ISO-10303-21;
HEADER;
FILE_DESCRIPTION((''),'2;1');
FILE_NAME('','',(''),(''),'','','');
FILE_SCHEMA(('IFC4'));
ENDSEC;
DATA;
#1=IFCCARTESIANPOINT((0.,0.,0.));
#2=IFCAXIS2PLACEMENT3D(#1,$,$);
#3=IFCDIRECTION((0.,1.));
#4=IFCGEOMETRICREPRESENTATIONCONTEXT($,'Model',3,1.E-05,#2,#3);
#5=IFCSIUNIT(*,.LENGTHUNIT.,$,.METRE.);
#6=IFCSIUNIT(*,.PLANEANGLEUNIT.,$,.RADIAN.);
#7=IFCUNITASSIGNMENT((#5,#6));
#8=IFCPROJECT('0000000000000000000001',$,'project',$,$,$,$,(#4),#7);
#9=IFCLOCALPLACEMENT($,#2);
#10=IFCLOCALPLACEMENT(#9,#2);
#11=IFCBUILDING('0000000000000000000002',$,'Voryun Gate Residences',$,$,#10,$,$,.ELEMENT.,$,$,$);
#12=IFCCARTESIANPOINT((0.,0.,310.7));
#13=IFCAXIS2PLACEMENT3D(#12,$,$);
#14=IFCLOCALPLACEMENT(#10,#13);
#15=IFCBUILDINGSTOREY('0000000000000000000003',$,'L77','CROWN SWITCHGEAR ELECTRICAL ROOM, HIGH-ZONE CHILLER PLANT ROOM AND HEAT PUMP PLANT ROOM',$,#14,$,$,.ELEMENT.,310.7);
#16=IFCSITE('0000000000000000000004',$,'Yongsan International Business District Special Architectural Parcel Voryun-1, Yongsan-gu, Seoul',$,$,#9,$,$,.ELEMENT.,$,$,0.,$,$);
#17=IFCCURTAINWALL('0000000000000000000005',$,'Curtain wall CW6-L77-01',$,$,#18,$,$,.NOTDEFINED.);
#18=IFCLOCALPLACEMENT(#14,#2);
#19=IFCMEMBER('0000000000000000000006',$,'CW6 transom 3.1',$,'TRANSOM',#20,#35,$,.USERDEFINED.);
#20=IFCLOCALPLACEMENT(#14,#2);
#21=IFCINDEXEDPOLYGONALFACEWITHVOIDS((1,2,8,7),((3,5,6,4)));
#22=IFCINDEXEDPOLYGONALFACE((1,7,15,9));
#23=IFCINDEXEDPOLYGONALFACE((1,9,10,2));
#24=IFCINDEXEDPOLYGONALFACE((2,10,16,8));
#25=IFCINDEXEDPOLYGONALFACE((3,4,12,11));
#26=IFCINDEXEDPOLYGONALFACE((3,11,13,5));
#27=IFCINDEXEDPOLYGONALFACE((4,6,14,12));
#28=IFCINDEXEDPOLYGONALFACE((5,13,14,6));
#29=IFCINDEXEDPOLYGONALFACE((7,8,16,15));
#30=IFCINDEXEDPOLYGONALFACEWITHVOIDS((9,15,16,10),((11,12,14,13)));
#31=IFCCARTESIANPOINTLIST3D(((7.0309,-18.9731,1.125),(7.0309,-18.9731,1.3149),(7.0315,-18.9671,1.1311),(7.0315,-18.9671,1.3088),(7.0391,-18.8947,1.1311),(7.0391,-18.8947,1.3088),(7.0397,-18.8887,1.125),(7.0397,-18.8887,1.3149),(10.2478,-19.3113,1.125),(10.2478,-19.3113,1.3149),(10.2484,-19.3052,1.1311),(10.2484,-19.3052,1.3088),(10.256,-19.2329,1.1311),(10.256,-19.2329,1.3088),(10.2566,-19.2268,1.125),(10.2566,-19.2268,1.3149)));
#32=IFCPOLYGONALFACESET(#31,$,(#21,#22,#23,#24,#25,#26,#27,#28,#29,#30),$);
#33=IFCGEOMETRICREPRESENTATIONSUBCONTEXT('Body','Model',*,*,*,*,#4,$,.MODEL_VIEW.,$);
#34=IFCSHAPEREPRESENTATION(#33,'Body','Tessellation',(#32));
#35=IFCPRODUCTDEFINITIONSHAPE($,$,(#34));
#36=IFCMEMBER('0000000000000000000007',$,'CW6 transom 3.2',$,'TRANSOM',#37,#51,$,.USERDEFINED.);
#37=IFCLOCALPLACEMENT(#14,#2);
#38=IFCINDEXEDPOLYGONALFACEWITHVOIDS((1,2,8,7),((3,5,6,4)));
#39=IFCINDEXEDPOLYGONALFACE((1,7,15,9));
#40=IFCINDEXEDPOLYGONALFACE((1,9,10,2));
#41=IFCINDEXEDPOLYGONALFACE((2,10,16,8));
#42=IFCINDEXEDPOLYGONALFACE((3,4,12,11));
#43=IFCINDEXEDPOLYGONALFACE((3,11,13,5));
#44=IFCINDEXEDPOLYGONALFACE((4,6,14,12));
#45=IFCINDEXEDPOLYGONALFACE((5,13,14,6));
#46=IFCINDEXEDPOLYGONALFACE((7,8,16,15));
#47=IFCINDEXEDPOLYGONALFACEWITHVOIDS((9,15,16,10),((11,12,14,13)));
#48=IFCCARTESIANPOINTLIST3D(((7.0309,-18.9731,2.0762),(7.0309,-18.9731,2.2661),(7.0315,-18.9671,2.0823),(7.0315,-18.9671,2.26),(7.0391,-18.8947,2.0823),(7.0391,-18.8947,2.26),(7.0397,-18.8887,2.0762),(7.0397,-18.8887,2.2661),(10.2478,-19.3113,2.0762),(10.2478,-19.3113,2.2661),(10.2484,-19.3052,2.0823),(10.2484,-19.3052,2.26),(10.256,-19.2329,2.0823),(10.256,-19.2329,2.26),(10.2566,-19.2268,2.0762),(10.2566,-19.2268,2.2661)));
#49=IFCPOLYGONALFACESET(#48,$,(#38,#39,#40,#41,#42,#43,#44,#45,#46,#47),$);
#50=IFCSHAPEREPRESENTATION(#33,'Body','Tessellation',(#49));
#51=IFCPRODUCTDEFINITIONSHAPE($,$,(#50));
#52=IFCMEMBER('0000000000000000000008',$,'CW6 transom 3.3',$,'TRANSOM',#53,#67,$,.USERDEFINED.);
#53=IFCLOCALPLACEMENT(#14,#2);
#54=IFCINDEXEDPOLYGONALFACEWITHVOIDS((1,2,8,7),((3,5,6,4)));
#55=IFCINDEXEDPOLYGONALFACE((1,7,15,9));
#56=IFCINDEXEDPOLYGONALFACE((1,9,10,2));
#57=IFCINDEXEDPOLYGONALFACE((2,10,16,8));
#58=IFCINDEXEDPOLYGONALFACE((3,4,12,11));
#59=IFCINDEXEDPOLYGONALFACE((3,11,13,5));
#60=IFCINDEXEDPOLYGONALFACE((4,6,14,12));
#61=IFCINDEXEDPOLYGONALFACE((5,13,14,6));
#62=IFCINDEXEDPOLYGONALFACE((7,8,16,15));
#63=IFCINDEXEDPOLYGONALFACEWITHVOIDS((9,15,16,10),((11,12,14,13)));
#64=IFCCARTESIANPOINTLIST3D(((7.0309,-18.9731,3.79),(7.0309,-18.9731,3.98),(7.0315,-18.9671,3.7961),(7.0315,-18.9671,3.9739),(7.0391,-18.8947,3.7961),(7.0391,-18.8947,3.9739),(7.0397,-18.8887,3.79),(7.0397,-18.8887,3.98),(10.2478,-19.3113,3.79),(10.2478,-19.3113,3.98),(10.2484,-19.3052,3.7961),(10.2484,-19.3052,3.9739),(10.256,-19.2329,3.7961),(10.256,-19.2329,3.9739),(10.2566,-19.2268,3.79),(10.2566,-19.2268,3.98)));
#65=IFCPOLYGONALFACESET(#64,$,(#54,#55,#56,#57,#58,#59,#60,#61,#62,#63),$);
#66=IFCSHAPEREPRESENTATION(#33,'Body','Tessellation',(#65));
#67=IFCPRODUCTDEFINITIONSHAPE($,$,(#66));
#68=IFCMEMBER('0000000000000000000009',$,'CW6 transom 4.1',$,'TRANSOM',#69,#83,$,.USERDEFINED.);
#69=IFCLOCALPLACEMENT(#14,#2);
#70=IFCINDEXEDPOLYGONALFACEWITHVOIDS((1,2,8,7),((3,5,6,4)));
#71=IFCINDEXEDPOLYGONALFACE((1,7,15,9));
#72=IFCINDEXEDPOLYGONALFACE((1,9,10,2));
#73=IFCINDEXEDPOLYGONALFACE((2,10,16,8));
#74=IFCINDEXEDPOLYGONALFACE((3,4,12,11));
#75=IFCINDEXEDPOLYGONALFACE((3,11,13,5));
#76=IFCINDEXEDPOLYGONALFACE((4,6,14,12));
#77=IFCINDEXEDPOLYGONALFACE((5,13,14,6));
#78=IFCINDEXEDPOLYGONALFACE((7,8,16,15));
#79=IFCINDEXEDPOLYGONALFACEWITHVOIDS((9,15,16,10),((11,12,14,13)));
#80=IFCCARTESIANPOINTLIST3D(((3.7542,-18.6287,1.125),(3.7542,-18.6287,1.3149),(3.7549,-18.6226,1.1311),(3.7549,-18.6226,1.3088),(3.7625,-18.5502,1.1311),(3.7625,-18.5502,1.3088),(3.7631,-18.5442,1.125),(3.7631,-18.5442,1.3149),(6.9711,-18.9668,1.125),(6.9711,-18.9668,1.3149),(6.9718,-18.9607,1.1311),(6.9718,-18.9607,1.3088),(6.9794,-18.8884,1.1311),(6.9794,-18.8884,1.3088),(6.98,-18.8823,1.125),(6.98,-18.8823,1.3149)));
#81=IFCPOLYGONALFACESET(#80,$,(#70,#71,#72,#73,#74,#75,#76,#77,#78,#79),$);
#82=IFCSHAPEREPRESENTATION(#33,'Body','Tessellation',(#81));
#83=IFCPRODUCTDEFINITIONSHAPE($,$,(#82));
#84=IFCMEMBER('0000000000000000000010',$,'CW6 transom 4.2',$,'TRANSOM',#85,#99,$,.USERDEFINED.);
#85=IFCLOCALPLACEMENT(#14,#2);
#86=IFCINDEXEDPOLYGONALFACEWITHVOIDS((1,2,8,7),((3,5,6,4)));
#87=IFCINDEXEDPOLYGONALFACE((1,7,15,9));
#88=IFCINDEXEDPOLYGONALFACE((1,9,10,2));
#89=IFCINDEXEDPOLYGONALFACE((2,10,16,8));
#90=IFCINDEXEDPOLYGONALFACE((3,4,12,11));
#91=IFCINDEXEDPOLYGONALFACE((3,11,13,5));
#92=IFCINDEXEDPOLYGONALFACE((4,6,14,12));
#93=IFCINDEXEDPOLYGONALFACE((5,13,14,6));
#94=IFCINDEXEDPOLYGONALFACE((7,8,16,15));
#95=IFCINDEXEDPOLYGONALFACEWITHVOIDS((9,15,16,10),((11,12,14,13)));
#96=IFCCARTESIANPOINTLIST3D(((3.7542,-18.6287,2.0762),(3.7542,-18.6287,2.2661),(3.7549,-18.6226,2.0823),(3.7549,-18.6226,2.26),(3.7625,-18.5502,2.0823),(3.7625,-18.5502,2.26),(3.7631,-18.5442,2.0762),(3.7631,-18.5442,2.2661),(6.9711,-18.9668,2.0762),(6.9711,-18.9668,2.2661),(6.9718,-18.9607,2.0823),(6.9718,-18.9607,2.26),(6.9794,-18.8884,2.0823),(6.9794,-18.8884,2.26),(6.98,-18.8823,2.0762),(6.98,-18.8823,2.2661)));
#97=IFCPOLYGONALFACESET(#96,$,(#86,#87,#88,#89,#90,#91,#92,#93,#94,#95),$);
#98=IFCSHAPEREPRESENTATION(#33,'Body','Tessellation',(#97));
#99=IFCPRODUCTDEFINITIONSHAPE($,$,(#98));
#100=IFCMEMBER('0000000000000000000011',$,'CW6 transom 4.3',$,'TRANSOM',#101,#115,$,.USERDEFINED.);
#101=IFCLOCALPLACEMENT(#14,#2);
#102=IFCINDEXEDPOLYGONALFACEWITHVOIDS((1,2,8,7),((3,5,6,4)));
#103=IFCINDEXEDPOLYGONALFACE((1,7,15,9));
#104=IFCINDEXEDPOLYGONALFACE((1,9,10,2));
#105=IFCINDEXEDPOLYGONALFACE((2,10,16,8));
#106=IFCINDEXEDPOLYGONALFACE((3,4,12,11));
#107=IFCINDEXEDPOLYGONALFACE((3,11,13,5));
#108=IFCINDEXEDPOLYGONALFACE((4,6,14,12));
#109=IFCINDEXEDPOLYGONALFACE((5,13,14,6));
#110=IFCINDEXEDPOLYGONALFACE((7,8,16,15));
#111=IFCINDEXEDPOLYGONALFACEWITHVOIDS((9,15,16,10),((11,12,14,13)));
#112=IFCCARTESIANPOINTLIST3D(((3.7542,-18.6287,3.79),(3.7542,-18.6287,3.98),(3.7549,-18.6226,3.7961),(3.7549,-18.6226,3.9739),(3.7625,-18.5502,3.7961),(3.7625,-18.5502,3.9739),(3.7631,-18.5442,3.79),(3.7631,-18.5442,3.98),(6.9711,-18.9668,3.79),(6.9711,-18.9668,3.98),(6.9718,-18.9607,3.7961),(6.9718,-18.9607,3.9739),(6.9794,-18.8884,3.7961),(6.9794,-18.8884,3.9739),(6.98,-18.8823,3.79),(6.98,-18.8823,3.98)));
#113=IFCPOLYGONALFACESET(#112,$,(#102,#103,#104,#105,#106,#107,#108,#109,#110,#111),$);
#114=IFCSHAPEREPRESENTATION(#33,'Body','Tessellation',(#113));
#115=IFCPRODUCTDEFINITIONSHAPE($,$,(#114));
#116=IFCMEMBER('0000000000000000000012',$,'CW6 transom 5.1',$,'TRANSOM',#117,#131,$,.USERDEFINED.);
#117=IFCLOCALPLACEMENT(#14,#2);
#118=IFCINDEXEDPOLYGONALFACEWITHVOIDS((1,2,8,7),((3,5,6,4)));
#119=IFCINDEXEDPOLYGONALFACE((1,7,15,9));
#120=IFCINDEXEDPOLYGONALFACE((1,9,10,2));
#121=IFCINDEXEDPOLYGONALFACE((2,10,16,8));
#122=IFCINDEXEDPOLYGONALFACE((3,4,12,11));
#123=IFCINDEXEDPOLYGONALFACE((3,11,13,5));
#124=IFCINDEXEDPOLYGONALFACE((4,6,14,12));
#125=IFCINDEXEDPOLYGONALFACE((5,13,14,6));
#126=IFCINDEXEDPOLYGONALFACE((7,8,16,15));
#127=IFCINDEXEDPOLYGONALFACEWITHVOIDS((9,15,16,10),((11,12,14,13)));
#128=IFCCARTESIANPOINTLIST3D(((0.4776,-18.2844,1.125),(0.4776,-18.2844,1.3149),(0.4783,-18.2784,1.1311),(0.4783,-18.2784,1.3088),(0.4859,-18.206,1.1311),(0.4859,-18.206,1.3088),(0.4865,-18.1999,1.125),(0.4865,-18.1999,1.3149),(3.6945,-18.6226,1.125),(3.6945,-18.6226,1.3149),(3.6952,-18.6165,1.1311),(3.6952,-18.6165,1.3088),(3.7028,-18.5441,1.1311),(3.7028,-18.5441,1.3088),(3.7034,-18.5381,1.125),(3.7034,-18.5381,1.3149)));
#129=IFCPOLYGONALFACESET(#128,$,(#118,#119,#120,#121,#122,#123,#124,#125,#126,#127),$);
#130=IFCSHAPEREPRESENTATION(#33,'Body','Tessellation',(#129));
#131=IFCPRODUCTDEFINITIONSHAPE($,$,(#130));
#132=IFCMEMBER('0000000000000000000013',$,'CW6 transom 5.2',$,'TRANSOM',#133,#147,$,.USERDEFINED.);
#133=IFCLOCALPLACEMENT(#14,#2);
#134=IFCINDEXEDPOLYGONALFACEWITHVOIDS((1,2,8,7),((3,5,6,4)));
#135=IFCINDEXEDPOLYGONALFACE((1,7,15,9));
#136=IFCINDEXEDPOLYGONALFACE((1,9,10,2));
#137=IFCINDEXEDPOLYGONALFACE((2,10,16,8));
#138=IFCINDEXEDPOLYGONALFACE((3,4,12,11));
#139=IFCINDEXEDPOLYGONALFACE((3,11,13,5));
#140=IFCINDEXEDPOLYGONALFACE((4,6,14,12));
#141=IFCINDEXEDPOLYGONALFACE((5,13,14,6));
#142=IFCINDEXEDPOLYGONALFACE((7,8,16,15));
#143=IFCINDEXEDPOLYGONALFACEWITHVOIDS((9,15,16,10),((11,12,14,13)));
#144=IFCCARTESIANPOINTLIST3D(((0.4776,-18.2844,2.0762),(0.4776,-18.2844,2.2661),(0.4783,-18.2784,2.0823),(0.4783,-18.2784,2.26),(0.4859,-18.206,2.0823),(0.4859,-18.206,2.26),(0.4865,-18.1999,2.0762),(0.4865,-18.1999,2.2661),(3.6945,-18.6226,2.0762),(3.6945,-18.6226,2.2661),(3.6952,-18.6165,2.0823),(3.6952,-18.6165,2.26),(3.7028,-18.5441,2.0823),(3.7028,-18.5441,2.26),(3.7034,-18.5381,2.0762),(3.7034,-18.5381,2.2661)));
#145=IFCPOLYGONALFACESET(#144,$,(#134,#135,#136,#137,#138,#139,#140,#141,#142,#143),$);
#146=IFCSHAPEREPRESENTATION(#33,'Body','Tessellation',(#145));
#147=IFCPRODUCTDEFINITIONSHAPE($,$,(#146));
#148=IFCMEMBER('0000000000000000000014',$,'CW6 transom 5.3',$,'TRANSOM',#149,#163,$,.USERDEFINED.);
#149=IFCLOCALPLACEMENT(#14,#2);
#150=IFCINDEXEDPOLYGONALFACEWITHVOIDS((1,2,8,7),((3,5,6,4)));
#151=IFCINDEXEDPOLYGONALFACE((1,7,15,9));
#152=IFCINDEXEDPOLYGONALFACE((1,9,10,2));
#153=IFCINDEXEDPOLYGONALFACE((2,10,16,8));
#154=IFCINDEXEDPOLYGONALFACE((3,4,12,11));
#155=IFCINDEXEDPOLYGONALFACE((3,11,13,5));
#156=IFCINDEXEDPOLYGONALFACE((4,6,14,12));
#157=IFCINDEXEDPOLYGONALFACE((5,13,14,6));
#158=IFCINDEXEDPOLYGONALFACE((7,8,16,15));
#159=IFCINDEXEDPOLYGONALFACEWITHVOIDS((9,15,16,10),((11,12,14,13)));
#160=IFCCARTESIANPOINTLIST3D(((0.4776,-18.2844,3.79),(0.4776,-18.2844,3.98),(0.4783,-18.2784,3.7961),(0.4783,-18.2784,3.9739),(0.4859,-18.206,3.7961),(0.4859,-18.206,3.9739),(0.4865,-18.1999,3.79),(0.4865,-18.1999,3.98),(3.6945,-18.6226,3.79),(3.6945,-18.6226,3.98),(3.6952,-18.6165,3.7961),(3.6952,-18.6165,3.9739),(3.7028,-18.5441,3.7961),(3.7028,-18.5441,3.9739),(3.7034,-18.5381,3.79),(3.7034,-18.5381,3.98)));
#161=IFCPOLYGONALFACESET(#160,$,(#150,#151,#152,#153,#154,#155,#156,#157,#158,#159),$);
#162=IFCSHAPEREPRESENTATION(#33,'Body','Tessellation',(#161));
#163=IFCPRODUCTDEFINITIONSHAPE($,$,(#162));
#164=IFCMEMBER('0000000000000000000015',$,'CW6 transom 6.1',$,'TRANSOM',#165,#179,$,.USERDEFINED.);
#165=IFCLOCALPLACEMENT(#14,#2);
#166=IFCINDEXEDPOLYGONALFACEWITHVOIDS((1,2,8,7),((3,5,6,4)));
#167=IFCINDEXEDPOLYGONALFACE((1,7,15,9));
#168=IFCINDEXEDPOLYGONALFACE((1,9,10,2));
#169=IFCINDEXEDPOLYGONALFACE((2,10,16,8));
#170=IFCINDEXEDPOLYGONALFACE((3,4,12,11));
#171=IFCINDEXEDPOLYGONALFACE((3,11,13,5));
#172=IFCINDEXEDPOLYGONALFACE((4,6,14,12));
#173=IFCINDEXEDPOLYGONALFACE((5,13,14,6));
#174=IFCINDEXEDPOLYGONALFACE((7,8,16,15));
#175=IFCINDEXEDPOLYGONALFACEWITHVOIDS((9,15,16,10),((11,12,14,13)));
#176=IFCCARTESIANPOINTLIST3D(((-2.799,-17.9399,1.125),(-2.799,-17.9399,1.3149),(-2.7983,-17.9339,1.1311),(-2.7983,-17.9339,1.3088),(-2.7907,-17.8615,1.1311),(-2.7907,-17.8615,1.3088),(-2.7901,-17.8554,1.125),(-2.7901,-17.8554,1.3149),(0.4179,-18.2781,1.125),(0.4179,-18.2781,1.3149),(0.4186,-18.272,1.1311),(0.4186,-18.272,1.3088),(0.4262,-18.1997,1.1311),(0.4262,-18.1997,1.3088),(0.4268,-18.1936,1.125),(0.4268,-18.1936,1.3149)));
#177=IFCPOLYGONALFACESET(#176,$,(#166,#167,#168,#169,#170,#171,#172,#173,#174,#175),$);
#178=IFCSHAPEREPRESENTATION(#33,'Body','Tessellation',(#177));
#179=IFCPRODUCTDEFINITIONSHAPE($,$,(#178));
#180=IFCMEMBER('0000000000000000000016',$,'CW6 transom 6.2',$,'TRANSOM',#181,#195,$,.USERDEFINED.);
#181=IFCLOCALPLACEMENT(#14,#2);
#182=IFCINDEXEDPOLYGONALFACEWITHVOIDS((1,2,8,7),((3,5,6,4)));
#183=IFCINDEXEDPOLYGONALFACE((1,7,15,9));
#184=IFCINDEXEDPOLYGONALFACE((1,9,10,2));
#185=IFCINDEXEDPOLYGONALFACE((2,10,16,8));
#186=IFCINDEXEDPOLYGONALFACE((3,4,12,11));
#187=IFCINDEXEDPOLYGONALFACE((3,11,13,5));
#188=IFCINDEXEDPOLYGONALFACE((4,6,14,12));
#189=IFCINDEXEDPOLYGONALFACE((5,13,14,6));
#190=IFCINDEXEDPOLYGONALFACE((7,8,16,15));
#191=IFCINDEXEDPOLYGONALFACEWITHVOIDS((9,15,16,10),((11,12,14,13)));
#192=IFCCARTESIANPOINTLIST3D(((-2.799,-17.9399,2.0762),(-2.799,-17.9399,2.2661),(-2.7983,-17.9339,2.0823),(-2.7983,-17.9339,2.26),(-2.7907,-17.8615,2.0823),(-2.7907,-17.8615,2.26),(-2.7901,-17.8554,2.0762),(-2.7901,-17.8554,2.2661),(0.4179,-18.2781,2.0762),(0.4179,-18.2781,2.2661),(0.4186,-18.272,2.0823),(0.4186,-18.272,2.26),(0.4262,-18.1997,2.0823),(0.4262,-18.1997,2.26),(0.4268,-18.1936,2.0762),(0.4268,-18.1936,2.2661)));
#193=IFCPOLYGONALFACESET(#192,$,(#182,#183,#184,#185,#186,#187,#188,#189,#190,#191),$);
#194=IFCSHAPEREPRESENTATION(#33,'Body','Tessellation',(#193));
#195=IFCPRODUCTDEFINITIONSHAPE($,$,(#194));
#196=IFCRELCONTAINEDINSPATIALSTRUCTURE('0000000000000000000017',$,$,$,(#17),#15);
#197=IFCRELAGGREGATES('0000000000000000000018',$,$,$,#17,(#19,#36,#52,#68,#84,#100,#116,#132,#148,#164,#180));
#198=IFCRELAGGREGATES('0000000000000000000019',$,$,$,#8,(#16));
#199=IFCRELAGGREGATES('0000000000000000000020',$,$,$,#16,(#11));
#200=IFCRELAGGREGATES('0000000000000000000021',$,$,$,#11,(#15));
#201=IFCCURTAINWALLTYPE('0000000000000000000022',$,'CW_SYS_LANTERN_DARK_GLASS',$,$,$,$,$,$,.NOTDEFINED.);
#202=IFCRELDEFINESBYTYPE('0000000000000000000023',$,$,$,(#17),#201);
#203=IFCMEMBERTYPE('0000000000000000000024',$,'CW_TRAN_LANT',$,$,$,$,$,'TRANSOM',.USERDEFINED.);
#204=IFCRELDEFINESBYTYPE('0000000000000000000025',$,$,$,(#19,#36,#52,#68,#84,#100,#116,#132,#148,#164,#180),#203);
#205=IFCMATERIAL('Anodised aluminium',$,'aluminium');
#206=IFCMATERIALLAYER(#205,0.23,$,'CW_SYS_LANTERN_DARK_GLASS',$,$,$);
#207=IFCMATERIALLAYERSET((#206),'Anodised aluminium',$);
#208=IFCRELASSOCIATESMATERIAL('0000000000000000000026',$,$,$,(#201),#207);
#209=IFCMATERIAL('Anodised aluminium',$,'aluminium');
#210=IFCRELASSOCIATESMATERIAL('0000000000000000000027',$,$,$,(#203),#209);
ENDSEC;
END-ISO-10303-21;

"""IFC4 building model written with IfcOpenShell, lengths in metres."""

from ifc_helpers import new_model, si_unit, direction, frame, origin, origin_2d, place, context, subcontext, project, spatial, hollow_rectangle, extrude, material, layer, layer_set, material_profile, profile_set, type_object, element, aggregate, save


model = new_model("IFC4")

# Units and contexts
model_context = context("Model", 3, precision=1e-05, world=origin(), true_north=direction((0.0, 1.0)))
body_context = subcontext(model_context, "Body", "Model", "MODEL_VIEW")
ifc_project = project(units=[si_unit("LENGTHUNIT", "METRE"), si_unit("PLANEANGLEUNIT", "RADIAN")], contexts=[model_context])

# Site, building, storey
site_placement = place(None, origin())
site = spatial("IfcSite", under=ifc_project, at=site_placement, Name="Yongsan International Business District Special Architectural Parcel Voryun-1, Yongsan-gu, Seoul", CompositionType="ELEMENT", RefElevation=0.0)
building_placement = place(site_placement, origin())
building = spatial("IfcBuilding", under=site, at=building_placement, Name="Voryun Gate Residences", CompositionType="ELEMENT")
storey_placement = place(building_placement, frame((0.0, 0.0, 310.7)))
storey = spatial("IfcBuildingStorey", under=building, at=storey_placement, Name="L77", Description="CROWN SWITCHGEAR ELECTRICAL ROOM, HIGH-ZONE CHILLER PLANT ROOM AND HEAT PUMP PLANT ROOM", CompositionType="ELEMENT", Elevation=310.7)

# Curtain wall, members
ifc_material_1 = material(Name="Anodised aluminium", Category="aluminium")
ifc_layer_1 = layer(ifc_material_1, 0.23, Name="CW_SYS_LANTERN_DARK_GLASS")
ifc_layer_set_1 = layer_set([ifc_layer_1], Name="Anodised aluminium")
curtain_wall_type = type_object("IfcCurtainWallType", Name="CW_SYS_LANTERN_DARK_GLASS", PredefinedType="NOTDEFINED", material=ifc_layer_set_1)
curtain_wall_placement = place(storey_placement, origin())
curtain_wall = element("IfcCurtainWall", 1, at=curtain_wall_placement, inside=storey, type_object=curtain_wall_type, Name="Curtain wall CW6-L77-01", PredefinedType="NOTDEFINED")
ifc_material_2 = material(Name="Anodised aluminium", Category="aluminium")
ifc_material_profile_1 = material_profile(ifc_material_2, hollow_rectangle(XDim=0.085, YDim=0.1899, WallThickness=0.0061, at=origin_2d()), Name="ALU-TRAN-190x85x6")
ifc_profile_set_1 = profile_set([ifc_material_profile_1], Name="Anodised aluminium")
member_type_1 = type_object("IfcMemberType", Name="CW_TRAN_LANT", ElementType="TRANSOM", PredefinedType="USERDEFINED", material=ifc_profile_set_1)
member_1_placement = place(storey_placement, frame((10.2522, -19.269, 1.22), z_axis=(-0.994521, 0.104539, 0.0), x_axis=(-0.104539, -0.994521, 0.0)))
member_1 = element("IfcMember", 2, at=member_1_placement, type_object=member_type_1, Name="CW6 transom 3.1", ObjectType="TRANSOM", PredefinedType="USERDEFINED", context=body_context, shape_type="SweptSolid", body=[
    extrude(hollow_rectangle(XDim=0.085, YDim=0.1899, WallThickness=0.0061, at=origin_2d()), origin(), (0.0, 0.0, 1.0), 3.2346),
])
member_2_placement = place(storey_placement, frame((10.2522, -19.269, 2.1711), z_axis=(-0.994521, 0.104539, 0.0), x_axis=(-0.104539, -0.994521, 0.0)))
member_2 = element("IfcMember", 3, at=member_2_placement, type_object=member_type_1, Name="CW6 transom 3.2", ObjectType="TRANSOM", PredefinedType="USERDEFINED", context=body_context, shape_type="SweptSolid", body=[
    extrude(hollow_rectangle(XDim=0.085, YDim=0.1899, WallThickness=0.0061, at=origin_2d()), origin(), (0.0, 0.0, 1.0), 3.2346),
])
member_3_placement = place(storey_placement, frame((10.2522, -19.269, 3.885), z_axis=(-0.994521, 0.104539, 0.0), x_axis=(-0.104539, -0.994521, 0.0)))
member_3 = element("IfcMember", 4, at=member_3_placement, type_object=member_type_1, Name="CW6 transom 3.3", ObjectType="TRANSOM", PredefinedType="USERDEFINED", context=body_context, shape_type="SweptSolid", body=[
    extrude(hollow_rectangle(XDim=0.085, YDim=0.1899, WallThickness=0.0061, at=origin_2d()), origin(), (0.0, 0.0, 1.0), 3.2346),
])
member_4_placement = place(storey_placement, frame((6.9756, -18.9246, 1.22), z_axis=(-0.994521, 0.104539, 0.0), x_axis=(-0.104539, -0.994521, 0.0)))
member_4 = element("IfcMember", 5, at=member_4_placement, type_object=member_type_1, Name="CW6 transom 4.1", ObjectType="TRANSOM", PredefinedType="USERDEFINED", context=body_context, shape_type="SweptSolid", body=[
    extrude(hollow_rectangle(XDim=0.085, YDim=0.1899, WallThickness=0.0061, at=origin_2d()), origin(), (0.0, 0.0, 1.0), 3.2346),
])
member_5_placement = place(storey_placement, frame((6.9756, -18.9246, 2.1711), z_axis=(-0.994521, 0.104539, 0.0), x_axis=(-0.104539, -0.994521, 0.0)))
member_5 = element("IfcMember", 6, at=member_5_placement, type_object=member_type_1, Name="CW6 transom 4.2", ObjectType="TRANSOM", PredefinedType="USERDEFINED", context=body_context, shape_type="SweptSolid", body=[
    extrude(hollow_rectangle(XDim=0.085, YDim=0.1899, WallThickness=0.0061, at=origin_2d()), origin(), (0.0, 0.0, 1.0), 3.2346),
])
member_6_placement = place(storey_placement, frame((6.9756, -18.9246, 3.885), z_axis=(-0.994521, 0.104539, 0.0), x_axis=(-0.104539, -0.994521, 0.0)))
member_6 = element("IfcMember", 7, at=member_6_placement, type_object=member_type_1, Name="CW6 transom 4.3", ObjectType="TRANSOM", PredefinedType="USERDEFINED", context=body_context, shape_type="SweptSolid", body=[
    extrude(hollow_rectangle(XDim=0.085, YDim=0.1899, WallThickness=0.0061, at=origin_2d()), origin(), (0.0, 0.0, 1.0), 3.2346),
])
member_7_placement = place(storey_placement, frame((3.699, -18.5803, 1.22), z_axis=(-0.994521, 0.104539, 0.0), x_axis=(-0.104539, -0.994521, 0.0)))
member_7 = element("IfcMember", 8, at=member_7_placement, type_object=member_type_1, Name="CW6 transom 5.1", ObjectType="TRANSOM", PredefinedType="USERDEFINED", context=body_context, shape_type="SweptSolid", body=[
    extrude(hollow_rectangle(XDim=0.085, YDim=0.1899, WallThickness=0.0061, at=origin_2d()), origin(), (0.0, 0.0, 1.0), 3.2346),
])
member_8_placement = place(storey_placement, frame((3.699, -18.5803, 2.1711), z_axis=(-0.994521, 0.104539, 0.0), x_axis=(-0.104539, -0.994521, 0.0)))
member_8 = element("IfcMember", 9, at=member_8_placement, type_object=member_type_1, Name="CW6 transom 5.2", ObjectType="TRANSOM", PredefinedType="USERDEFINED", context=body_context, shape_type="SweptSolid", body=[
    extrude(hollow_rectangle(XDim=0.085, YDim=0.1899, WallThickness=0.0061, at=origin_2d()), origin(), (0.0, 0.0, 1.0), 3.2346),
])
member_9_placement = place(storey_placement, frame((3.699, -18.5803, 3.885), z_axis=(-0.994521, 0.104539, 0.0), x_axis=(-0.104539, -0.994521, 0.0)))
member_9 = element("IfcMember", 10, at=member_9_placement, type_object=member_type_1, Name="CW6 transom 5.3", ObjectType="TRANSOM", PredefinedType="USERDEFINED", context=body_context, shape_type="SweptSolid", body=[
    extrude(hollow_rectangle(XDim=0.085, YDim=0.1899, WallThickness=0.0061, at=origin_2d()), origin(), (0.0, 0.0, 1.0), 3.2346),
])
member_10_placement = place(storey_placement, frame((0.4224, -18.2358, 1.22), z_axis=(-0.994521, 0.104539, 0.0), x_axis=(-0.104539, -0.994521, 0.0)))
member_10 = element("IfcMember", 11, at=member_10_placement, type_object=member_type_1, Name="CW6 transom 6.1", ObjectType="TRANSOM", PredefinedType="USERDEFINED", context=body_context, shape_type="SweptSolid", body=[
    extrude(hollow_rectangle(XDim=0.085, YDim=0.1899, WallThickness=0.0061, at=origin_2d()), origin(), (0.0, 0.0, 1.0), 3.2346),
])
member_11_placement = place(storey_placement, frame((0.4224, -18.2358, 2.1711), z_axis=(-0.994521, 0.104539, 0.0), x_axis=(-0.104539, -0.994521, 0.0)))
member_11 = element("IfcMember", 12, at=member_11_placement, type_object=member_type_1, Name="CW6 transom 6.2", ObjectType="TRANSOM", PredefinedType="USERDEFINED", context=body_context, shape_type="SweptSolid", body=[
    extrude(hollow_rectangle(XDim=0.085, YDim=0.1899, WallThickness=0.0061, at=origin_2d()), origin(), (0.0, 0.0, 1.0), 3.2346),
])

aggregate(curtain_wall, [member_1, member_2, member_3, member_4, member_5, member_6, member_7, member_8, member_9, member_10, member_11])

save(model, "model.ifc")
